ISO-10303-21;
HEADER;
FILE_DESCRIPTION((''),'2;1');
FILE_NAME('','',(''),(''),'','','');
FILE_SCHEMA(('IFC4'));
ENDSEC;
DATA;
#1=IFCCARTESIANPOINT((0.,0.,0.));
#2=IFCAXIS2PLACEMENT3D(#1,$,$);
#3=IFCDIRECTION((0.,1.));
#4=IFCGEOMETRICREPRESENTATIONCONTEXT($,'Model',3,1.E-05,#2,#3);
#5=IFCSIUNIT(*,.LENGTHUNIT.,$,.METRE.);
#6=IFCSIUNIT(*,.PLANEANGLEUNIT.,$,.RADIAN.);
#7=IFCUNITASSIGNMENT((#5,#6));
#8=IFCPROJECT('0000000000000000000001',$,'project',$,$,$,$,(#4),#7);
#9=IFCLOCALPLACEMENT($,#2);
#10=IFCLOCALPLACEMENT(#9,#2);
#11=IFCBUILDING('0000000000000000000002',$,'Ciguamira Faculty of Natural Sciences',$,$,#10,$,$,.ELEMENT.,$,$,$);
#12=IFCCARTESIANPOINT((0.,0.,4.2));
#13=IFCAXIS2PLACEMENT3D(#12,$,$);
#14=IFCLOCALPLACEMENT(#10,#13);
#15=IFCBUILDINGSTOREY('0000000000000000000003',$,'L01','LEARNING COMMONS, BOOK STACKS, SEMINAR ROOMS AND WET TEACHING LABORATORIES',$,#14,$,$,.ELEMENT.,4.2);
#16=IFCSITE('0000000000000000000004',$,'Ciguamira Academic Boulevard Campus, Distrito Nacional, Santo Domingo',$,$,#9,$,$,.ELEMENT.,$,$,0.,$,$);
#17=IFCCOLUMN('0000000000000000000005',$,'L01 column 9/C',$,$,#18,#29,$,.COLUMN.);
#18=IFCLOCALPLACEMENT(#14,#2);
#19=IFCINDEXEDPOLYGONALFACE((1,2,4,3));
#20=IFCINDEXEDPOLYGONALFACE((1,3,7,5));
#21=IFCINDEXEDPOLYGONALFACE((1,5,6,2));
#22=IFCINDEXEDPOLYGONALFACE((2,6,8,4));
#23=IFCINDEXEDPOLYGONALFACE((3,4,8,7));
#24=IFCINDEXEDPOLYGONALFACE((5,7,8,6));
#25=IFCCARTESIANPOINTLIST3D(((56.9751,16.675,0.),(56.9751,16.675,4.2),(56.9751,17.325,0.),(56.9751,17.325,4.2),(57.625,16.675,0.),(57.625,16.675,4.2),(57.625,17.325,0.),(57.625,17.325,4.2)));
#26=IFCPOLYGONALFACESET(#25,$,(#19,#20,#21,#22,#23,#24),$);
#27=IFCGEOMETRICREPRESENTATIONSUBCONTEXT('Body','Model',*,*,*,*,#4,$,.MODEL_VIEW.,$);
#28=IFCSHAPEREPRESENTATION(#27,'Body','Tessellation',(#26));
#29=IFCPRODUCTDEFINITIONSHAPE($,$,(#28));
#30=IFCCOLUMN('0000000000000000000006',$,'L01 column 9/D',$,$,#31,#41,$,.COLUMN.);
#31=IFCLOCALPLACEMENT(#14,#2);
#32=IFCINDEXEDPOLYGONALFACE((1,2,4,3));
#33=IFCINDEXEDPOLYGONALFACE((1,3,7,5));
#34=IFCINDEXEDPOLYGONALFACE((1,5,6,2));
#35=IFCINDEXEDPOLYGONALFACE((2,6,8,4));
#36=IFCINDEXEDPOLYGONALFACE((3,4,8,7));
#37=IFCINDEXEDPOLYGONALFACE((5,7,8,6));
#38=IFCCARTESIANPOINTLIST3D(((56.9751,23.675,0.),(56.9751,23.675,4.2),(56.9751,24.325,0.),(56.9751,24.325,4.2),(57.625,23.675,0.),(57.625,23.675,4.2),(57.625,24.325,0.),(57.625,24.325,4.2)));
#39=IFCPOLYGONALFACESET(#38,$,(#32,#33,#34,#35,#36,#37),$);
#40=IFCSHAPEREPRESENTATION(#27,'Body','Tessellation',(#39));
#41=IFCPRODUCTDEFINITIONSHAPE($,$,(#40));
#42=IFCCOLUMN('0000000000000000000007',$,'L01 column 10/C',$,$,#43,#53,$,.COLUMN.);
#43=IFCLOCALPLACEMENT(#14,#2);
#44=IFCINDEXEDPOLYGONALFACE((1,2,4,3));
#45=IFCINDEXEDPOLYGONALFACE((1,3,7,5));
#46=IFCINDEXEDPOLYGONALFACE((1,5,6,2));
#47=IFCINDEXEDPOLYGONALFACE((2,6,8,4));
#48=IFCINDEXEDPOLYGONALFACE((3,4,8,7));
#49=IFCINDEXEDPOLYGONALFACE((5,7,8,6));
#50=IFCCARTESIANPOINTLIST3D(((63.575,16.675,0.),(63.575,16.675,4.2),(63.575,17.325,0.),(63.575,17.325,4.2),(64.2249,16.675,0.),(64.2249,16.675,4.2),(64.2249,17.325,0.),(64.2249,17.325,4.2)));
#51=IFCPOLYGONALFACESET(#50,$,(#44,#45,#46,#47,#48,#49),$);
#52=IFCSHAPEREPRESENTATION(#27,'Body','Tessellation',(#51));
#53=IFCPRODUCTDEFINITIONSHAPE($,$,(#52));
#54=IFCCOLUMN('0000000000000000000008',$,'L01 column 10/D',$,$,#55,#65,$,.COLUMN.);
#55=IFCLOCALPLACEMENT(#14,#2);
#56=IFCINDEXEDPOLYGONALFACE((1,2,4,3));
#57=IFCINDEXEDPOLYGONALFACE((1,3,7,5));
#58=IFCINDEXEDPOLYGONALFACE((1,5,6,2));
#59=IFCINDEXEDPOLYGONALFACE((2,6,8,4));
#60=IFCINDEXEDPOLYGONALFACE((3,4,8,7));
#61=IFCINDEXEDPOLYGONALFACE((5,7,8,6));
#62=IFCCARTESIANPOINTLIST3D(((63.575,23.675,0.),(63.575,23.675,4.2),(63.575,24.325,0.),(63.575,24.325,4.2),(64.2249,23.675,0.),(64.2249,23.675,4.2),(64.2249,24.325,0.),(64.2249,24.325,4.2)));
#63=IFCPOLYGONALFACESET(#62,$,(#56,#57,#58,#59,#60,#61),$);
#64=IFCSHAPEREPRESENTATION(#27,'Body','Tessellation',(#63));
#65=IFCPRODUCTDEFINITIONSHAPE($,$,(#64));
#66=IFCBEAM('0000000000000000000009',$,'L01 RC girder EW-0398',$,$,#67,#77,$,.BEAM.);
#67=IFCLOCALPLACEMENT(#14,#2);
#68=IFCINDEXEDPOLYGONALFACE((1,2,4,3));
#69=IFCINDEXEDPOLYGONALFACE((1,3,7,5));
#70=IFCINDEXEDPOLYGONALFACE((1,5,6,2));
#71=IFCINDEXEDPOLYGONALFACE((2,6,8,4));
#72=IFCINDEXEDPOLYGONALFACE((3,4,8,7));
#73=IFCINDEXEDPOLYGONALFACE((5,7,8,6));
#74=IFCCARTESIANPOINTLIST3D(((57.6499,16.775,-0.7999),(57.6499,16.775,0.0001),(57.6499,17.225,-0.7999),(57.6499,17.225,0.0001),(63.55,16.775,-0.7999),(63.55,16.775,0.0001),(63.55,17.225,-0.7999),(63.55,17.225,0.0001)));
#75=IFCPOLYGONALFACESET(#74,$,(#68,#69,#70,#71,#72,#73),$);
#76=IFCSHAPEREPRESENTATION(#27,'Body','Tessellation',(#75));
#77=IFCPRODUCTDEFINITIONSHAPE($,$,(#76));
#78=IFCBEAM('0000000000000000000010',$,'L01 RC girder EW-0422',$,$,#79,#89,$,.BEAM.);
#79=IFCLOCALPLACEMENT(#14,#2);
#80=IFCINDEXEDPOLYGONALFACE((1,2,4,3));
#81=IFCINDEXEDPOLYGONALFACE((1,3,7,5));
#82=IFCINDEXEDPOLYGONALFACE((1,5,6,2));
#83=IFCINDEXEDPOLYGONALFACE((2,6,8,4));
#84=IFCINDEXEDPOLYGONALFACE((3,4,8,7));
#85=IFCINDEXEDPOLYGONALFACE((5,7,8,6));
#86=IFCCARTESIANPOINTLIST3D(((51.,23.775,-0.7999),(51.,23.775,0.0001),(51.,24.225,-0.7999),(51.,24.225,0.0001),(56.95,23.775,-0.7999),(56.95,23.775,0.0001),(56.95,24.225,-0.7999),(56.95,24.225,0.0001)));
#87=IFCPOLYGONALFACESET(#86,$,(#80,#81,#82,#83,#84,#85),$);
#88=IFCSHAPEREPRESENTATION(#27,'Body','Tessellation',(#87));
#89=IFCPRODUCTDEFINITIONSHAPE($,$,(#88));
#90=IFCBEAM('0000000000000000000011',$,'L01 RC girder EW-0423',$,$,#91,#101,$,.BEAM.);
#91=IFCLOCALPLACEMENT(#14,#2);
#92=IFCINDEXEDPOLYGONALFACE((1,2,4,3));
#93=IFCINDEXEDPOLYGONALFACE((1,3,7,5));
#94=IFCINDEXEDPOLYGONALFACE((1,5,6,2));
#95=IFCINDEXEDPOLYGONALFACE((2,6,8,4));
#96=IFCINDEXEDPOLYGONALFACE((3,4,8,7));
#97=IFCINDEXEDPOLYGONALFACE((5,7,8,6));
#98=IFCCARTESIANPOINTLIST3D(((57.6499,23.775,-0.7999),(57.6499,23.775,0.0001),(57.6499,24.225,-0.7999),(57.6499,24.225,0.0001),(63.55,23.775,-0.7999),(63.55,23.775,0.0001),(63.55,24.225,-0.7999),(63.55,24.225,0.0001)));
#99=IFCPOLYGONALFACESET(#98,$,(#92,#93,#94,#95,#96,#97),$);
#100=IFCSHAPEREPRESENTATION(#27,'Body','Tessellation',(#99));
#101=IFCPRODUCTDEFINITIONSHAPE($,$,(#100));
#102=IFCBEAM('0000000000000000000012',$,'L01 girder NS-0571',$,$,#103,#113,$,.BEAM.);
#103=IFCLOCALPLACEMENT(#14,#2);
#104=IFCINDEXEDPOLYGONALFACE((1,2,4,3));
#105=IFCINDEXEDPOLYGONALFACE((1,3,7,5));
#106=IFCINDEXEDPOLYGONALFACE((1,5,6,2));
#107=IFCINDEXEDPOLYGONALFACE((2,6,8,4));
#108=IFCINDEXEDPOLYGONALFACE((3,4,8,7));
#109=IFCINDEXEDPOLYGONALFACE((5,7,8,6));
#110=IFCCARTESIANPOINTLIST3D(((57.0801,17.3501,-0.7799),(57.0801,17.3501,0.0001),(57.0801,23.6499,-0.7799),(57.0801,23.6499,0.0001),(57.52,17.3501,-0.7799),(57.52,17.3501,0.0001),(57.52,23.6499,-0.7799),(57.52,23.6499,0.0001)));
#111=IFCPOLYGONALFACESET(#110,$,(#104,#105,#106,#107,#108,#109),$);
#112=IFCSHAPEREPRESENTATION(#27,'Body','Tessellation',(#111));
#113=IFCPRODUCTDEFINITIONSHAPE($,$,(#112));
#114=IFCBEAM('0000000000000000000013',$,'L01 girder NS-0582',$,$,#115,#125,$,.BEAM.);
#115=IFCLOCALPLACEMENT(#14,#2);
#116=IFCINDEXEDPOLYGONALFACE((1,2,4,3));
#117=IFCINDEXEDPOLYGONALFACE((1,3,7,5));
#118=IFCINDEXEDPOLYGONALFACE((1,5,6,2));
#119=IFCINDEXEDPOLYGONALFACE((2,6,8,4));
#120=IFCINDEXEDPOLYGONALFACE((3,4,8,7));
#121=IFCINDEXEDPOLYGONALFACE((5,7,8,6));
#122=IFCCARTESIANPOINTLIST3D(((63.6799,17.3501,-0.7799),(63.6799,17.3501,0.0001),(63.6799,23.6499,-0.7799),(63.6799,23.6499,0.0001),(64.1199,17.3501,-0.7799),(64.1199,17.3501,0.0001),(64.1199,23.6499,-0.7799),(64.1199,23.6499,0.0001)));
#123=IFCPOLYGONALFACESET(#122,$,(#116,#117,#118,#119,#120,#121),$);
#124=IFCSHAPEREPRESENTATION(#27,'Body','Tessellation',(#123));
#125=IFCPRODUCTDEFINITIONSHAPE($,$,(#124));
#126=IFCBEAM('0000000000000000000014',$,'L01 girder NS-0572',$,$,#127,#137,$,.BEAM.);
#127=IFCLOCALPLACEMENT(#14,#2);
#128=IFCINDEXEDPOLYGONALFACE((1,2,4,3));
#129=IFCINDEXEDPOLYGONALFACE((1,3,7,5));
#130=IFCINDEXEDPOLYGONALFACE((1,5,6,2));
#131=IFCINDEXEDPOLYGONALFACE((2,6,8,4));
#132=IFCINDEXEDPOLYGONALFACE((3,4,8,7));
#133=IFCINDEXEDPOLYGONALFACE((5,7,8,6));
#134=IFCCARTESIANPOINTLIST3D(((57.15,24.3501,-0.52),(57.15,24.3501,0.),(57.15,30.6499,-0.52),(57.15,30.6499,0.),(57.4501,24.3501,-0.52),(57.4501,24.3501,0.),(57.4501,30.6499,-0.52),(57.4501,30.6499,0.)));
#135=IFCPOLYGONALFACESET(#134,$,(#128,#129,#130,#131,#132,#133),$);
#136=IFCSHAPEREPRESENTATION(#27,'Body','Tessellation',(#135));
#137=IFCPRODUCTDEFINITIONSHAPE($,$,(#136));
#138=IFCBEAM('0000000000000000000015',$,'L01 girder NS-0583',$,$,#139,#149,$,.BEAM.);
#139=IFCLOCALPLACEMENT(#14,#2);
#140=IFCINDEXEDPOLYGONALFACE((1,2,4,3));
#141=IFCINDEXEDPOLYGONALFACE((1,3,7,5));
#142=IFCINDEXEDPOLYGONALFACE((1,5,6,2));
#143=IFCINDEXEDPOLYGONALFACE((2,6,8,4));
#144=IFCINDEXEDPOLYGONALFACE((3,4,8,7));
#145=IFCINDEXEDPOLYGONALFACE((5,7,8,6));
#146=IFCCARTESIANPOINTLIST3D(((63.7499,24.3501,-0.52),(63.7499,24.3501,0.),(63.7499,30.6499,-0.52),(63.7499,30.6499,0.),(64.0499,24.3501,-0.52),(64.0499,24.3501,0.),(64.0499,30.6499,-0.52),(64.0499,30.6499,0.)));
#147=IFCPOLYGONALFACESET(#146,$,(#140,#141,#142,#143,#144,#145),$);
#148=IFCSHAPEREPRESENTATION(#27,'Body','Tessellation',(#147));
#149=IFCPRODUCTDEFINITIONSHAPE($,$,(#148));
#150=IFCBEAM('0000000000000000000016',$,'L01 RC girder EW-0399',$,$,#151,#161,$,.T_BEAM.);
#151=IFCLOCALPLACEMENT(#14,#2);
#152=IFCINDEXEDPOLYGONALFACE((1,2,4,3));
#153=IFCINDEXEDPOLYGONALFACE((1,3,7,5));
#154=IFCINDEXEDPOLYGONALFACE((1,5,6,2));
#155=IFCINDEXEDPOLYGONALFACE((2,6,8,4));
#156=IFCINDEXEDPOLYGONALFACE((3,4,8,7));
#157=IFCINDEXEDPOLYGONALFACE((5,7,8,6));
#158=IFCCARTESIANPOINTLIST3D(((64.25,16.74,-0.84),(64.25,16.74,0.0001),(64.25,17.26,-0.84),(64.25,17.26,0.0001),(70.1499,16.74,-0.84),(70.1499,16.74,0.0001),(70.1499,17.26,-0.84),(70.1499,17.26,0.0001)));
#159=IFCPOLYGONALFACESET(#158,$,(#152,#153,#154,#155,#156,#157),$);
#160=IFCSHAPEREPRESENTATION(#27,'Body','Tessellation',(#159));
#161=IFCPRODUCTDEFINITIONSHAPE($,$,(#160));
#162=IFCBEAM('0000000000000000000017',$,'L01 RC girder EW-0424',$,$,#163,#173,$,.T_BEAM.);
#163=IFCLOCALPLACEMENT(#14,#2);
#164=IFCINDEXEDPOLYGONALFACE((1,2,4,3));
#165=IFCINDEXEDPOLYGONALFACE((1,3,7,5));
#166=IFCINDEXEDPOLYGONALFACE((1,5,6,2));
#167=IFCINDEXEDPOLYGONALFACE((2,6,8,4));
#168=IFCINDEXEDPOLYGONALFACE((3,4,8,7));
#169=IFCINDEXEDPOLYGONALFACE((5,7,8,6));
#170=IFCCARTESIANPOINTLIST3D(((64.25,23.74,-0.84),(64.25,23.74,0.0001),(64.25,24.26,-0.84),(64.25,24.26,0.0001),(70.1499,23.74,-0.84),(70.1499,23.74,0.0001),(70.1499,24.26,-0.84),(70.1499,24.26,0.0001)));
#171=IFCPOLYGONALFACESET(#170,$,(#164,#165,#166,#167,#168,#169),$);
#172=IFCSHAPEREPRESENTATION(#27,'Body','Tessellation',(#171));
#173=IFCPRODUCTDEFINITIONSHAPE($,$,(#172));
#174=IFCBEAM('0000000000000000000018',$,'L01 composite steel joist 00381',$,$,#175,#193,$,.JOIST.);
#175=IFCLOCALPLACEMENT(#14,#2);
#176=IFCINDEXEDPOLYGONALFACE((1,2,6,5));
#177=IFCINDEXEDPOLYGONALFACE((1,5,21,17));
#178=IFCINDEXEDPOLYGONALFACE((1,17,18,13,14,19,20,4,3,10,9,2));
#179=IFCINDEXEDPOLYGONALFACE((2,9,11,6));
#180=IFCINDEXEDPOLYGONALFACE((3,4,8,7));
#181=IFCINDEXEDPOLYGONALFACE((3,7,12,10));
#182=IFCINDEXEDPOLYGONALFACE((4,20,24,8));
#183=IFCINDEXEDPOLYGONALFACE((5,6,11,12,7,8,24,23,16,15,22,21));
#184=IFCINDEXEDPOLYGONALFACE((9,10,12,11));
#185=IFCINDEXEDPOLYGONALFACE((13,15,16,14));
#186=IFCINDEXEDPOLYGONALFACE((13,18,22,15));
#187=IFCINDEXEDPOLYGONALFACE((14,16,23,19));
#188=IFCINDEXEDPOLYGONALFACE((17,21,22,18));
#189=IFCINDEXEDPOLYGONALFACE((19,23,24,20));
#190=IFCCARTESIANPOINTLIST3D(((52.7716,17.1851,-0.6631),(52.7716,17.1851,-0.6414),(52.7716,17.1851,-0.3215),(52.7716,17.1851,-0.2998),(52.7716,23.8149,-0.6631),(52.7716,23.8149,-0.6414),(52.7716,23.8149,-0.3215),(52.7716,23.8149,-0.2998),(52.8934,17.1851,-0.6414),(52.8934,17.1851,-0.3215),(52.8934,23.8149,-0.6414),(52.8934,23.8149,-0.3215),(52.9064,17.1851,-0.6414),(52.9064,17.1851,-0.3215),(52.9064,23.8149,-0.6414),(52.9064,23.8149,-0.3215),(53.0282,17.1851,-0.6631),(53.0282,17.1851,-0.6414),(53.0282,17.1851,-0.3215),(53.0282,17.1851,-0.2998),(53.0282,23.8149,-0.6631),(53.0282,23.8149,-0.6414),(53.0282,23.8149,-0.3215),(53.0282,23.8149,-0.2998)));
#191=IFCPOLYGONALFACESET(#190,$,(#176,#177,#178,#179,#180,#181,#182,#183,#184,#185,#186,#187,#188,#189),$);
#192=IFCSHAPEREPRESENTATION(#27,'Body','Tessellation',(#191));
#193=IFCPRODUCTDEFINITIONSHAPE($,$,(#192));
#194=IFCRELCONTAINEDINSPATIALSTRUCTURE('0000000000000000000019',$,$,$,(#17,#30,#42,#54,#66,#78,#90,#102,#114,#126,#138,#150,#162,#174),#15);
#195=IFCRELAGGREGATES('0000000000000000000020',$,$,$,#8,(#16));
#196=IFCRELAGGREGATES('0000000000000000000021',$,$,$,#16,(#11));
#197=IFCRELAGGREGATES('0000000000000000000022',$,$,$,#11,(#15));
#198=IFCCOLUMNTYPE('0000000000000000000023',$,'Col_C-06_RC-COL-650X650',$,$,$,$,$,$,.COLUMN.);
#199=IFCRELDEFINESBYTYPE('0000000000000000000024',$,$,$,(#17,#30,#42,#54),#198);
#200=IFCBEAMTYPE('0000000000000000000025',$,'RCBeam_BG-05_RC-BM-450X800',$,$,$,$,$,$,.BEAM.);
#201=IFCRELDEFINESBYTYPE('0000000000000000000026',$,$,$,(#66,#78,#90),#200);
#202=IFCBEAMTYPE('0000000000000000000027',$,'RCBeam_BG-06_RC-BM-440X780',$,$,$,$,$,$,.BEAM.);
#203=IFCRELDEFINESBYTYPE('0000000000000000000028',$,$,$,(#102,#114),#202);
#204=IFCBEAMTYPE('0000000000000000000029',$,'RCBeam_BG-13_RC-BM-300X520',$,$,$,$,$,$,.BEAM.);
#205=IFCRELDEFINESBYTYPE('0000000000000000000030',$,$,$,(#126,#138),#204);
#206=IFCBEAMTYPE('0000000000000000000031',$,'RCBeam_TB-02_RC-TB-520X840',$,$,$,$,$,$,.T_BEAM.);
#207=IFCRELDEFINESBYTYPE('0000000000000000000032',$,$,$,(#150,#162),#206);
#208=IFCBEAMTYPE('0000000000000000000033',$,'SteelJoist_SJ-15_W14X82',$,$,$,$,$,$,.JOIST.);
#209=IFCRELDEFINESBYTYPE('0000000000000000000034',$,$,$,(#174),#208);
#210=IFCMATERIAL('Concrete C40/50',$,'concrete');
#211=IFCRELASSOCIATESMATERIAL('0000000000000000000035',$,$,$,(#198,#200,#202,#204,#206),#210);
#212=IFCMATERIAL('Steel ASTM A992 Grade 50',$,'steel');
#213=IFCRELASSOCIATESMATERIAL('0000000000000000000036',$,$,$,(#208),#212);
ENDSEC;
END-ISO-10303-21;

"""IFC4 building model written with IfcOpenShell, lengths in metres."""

from ifc_helpers import new_model, si_unit, direction, frame, origin, origin_2d, place, context, subcontext, project, spatial, rectangle, i_section, extrude, material, material_profile, profile_set, type_object, element, save


model = new_model("IFC4")

# Units and contexts
model_context = context("Model", 3, precision=1e-05, world=origin(), true_north=direction((0.0, 1.0)))
body_context = subcontext(model_context, "Body", "Model", "MODEL_VIEW")
ifc_project = project(units=[si_unit("LENGTHUNIT", "METRE"), si_unit("PLANEANGLEUNIT", "RADIAN")], contexts=[model_context])

# Site, building, storey
site_placement = place(None, origin())
site = spatial("IfcSite", under=ifc_project, at=site_placement, Name="Ciguamira Academic Boulevard Campus, Distrito Nacional, Santo Domingo", CompositionType="ELEMENT", RefElevation=0.0)
building_placement = place(site_placement, origin())
building = spatial("IfcBuilding", under=site, at=building_placement, Name="Ciguamira Faculty of Natural Sciences", CompositionType="ELEMENT")
storey_placement = place(building_placement, frame((0.0, 0.0, 4.2)))
storey = spatial("IfcBuildingStorey", under=building, at=storey_placement, Name="L01", Description="LEARNING COMMONS, BOOK STACKS, SEMINAR ROOMS AND WET TEACHING LABORATORIES", CompositionType="ELEMENT", Elevation=4.2)

# Columns
ifc_material_1 = material(Name="Concrete C40/50", Category="concrete")
ifc_material_profile_1 = material_profile(ifc_material_1, rectangle(XDim=0.6499, YDim=0.6499, at=origin_2d()), Name="RC-COL-650X650")
ifc_profile_set_1 = profile_set([ifc_material_profile_1], Name="Concrete C40/50")
column_type = type_object("IfcColumnType", Name="Col_C-06_RC-COL-650X650", PredefinedType="COLUMN", material=ifc_profile_set_1)
for number, where, z_axis, x_axis, name in (
    (1, (57.3, 17.0, 0.0), (0.0, 0.0, 1.0), (1.0, 0.0, 0.0), "L01 column 9/C"),
    (2, (57.3, 24.0, 0.0), (0.0, 0.0, 1.0), (1.0, 0.0, 0.0), "L01 column 9/D"),
    (3, (63.8999, 17.0, 0.0), (0.0, 0.0, 1.0), (1.0, 0.0, 0.0), "L01 column 10/C"),
    (4, (63.8999, 24.0, 0.0), (0.0, 0.0, 1.0), (1.0, 0.0, 0.0), "L01 column 10/D"),
):
    element("IfcColumn", number, at=place(storey_placement, frame(where, z_axis=z_axis, x_axis=x_axis)), inside=storey, type_object=column_type, Name=name, PredefinedType="COLUMN", context=body_context, shape_type="SweptSolid", body=[
        extrude(rectangle(XDim=0.6499, YDim=0.6499, at=origin_2d()), origin(), (0.0, 0.0, 1.0), 4.2),
    ])

# Beams
ifc_material_profile_2 = material_profile(ifc_material_1, rectangle(XDim=0.45, YDim=0.8, at=origin_2d()), Name="RC-BM-450X800")
ifc_profile_set_2 = profile_set([ifc_material_profile_2], Name="Concrete C40/50")
beam_type_1 = type_object("IfcBeamType", Name="RCBeam_BG-05_RC-BM-450X800", PredefinedType="BEAM", material=ifc_profile_set_2)
beam_1_placement = place(storey_placement, frame((57.6499, 17.0, -0.3999), z_axis=(1.0, 0.0, 0.0), x_axis=(0.0, 1.0, 0.0)))
element("IfcBeam", 5, at=beam_1_placement, inside=storey, type_object=beam_type_1, Name="L01 RC girder EW-0398", PredefinedType="BEAM", context=body_context, shape_type="SweptSolid", body=[
    extrude(rectangle(XDim=0.45, YDim=0.8, at=origin_2d()), origin(), (0.0, 0.0, 1.0), 5.9001),
])
beam_2_placement = place(storey_placement, frame((51.0, 24.0, -0.3999), z_axis=(1.0, 0.0, 0.0), x_axis=(0.0, 1.0, 0.0)))
element("IfcBeam", 6, at=beam_2_placement, inside=storey, type_object=beam_type_1, Name="L01 RC girder EW-0422", PredefinedType="BEAM", context=body_context, shape_type="SweptSolid", body=[
    extrude(rectangle(XDim=0.45, YDim=0.8, at=origin_2d()), origin(), (0.0, 0.0, 1.0), 5.95),
])
beam_3_placement = place(storey_placement, frame((57.6499, 24.0, -0.3999), z_axis=(1.0, 0.0, 0.0), x_axis=(0.0, 1.0, 0.0)))
element("IfcBeam", 7, at=beam_3_placement, inside=storey, type_object=beam_type_1, Name="L01 RC girder EW-0423", PredefinedType="BEAM", context=body_context, shape_type="SweptSolid", body=[
    extrude(rectangle(XDim=0.45, YDim=0.8, at=origin_2d()), origin(), (0.0, 0.0, 1.0), 5.9001),
])
ifc_material_profile_3 = material_profile(ifc_material_1, rectangle(XDim=0.4399, YDim=0.78, at=origin_2d()), Name="RC-BM-440X780")
ifc_profile_set_3 = profile_set([ifc_material_profile_3], Name="Concrete C40/50")
beam_type_2 = type_object("IfcBeamType", Name="RCBeam_BG-06_RC-BM-440X780", PredefinedType="BEAM", material=ifc_profile_set_3)
for number, where, z_axis, x_axis, name in (
    (8, (57.3, 17.3501, -0.3899), (0.0, 1.0, 0.0), (-1.0, 0.0, 0.0), "L01 girder NS-0571"),
    (9, (63.8999, 17.3501, -0.3899), (0.0, 1.0, 0.0), (-1.0, 0.0, 0.0), "L01 girder NS-0582"),
):
    element("IfcBeam", number, at=place(storey_placement, frame(where, z_axis=z_axis, x_axis=x_axis)), inside=storey, type_object=beam_type_2, Name=name, PredefinedType="BEAM", context=body_context, shape_type="SweptSolid", body=[
        extrude(rectangle(XDim=0.4399, YDim=0.78, at=origin_2d()), origin(), (0.0, 0.0, 1.0), 6.2998),
    ])
ifc_material_profile_4 = material_profile(ifc_material_1, rectangle(XDim=0.3, YDim=0.52, at=origin_2d()), Name="RC-BM-300X520")
ifc_profile_set_4 = profile_set([ifc_material_profile_4], Name="Concrete C40/50")
beam_type_3 = type_object("IfcBeamType", Name="RCBeam_BG-13_RC-BM-300X520", PredefinedType="BEAM", material=ifc_profile_set_4)
for number, where, z_axis, x_axis, name in (
    (10, (57.3, 24.3501, -0.26), (0.0, 1.0, 0.0), (-1.0, 0.0, 0.0), "L01 girder NS-0572"),
    (11, (63.8999, 24.3501, -0.26), (0.0, 1.0, 0.0), (-1.0, 0.0, 0.0), "L01 girder NS-0583"),
):
    element("IfcBeam", number, at=place(storey_placement, frame(where, z_axis=z_axis, x_axis=x_axis)), inside=storey, type_object=beam_type_3, Name=name, PredefinedType="BEAM", context=body_context, shape_type="SweptSolid", body=[
        extrude(rectangle(XDim=0.3, YDim=0.52, at=origin_2d()), origin(), (0.0, 0.0, 1.0), 6.2998),
    ])
ifc_material_profile_5 = material_profile(ifc_material_1, rectangle(XDim=0.52, YDim=0.8401, at=origin_2d()), Name="RC-TB-520X840")
ifc_profile_set_5 = profile_set([ifc_material_profile_5], Name="Concrete C40/50")
beam_type_4 = type_object("IfcBeamType", Name="RCBeam_TB-02_RC-TB-520X840", PredefinedType="T_BEAM", material=ifc_profile_set_5)
for number, where, z_axis, x_axis, name in (
    (12, (64.25, 17.0, -0.4199), (1.0, 0.0, 0.0), (0.0, 1.0, 0.0), "L01 RC girder EW-0399"),
    (13, (64.25, 24.0, -0.4199), (1.0, 0.0, 0.0), (0.0, 1.0, 0.0), "L01 RC girder EW-0424"),
):
    element("IfcBeam", number, at=place(storey_placement, frame(where, z_axis=z_axis, x_axis=x_axis)), inside=storey, type_object=beam_type_4, Name=name, PredefinedType="T_BEAM", context=body_context, shape_type="SweptSolid", body=[
        extrude(rectangle(XDim=0.52, YDim=0.8401, at=origin_2d()), origin(), (0.0, 0.0, 1.0), 5.8999),
    ])
ifc_material_2 = material(Name="Steel ASTM A992 Grade 50", Category="steel")
ifc_material_profile_6 = material_profile(ifc_material_2, i_section(OverallWidth=0.2566, OverallDepth=0.3633, WebThickness=0.0129, FlangeThickness=0.0217, at=origin_2d()), Name="W14X82")
ifc_profile_set_6 = profile_set([ifc_material_profile_6], Name="Steel ASTM A992 Grade 50")
beam_type_5 = type_object("IfcBeamType", Name="SteelJoist_SJ-15_W14X82", PredefinedType="JOIST", material=ifc_profile_set_6)
beam_4_placement = place(storey_placement, frame((52.8999, 17.1851, -0.4814), z_axis=(0.0, 1.0, 0.0), x_axis=(-1.0, 0.0, 0.0)))
element("IfcBeam", 14, at=beam_4_placement, inside=storey, type_object=beam_type_5, Name="L01 composite steel joist 00381", PredefinedType="JOIST", context=body_context, shape_type="SweptSolid", body=[
    extrude(i_section(OverallWidth=0.2566, OverallDepth=0.3633, WebThickness=0.0129, FlangeThickness=0.0217, at=origin_2d()), origin(), (0.0, 0.0, 1.0), 6.6299),
])

save(model, "model.ifc")
